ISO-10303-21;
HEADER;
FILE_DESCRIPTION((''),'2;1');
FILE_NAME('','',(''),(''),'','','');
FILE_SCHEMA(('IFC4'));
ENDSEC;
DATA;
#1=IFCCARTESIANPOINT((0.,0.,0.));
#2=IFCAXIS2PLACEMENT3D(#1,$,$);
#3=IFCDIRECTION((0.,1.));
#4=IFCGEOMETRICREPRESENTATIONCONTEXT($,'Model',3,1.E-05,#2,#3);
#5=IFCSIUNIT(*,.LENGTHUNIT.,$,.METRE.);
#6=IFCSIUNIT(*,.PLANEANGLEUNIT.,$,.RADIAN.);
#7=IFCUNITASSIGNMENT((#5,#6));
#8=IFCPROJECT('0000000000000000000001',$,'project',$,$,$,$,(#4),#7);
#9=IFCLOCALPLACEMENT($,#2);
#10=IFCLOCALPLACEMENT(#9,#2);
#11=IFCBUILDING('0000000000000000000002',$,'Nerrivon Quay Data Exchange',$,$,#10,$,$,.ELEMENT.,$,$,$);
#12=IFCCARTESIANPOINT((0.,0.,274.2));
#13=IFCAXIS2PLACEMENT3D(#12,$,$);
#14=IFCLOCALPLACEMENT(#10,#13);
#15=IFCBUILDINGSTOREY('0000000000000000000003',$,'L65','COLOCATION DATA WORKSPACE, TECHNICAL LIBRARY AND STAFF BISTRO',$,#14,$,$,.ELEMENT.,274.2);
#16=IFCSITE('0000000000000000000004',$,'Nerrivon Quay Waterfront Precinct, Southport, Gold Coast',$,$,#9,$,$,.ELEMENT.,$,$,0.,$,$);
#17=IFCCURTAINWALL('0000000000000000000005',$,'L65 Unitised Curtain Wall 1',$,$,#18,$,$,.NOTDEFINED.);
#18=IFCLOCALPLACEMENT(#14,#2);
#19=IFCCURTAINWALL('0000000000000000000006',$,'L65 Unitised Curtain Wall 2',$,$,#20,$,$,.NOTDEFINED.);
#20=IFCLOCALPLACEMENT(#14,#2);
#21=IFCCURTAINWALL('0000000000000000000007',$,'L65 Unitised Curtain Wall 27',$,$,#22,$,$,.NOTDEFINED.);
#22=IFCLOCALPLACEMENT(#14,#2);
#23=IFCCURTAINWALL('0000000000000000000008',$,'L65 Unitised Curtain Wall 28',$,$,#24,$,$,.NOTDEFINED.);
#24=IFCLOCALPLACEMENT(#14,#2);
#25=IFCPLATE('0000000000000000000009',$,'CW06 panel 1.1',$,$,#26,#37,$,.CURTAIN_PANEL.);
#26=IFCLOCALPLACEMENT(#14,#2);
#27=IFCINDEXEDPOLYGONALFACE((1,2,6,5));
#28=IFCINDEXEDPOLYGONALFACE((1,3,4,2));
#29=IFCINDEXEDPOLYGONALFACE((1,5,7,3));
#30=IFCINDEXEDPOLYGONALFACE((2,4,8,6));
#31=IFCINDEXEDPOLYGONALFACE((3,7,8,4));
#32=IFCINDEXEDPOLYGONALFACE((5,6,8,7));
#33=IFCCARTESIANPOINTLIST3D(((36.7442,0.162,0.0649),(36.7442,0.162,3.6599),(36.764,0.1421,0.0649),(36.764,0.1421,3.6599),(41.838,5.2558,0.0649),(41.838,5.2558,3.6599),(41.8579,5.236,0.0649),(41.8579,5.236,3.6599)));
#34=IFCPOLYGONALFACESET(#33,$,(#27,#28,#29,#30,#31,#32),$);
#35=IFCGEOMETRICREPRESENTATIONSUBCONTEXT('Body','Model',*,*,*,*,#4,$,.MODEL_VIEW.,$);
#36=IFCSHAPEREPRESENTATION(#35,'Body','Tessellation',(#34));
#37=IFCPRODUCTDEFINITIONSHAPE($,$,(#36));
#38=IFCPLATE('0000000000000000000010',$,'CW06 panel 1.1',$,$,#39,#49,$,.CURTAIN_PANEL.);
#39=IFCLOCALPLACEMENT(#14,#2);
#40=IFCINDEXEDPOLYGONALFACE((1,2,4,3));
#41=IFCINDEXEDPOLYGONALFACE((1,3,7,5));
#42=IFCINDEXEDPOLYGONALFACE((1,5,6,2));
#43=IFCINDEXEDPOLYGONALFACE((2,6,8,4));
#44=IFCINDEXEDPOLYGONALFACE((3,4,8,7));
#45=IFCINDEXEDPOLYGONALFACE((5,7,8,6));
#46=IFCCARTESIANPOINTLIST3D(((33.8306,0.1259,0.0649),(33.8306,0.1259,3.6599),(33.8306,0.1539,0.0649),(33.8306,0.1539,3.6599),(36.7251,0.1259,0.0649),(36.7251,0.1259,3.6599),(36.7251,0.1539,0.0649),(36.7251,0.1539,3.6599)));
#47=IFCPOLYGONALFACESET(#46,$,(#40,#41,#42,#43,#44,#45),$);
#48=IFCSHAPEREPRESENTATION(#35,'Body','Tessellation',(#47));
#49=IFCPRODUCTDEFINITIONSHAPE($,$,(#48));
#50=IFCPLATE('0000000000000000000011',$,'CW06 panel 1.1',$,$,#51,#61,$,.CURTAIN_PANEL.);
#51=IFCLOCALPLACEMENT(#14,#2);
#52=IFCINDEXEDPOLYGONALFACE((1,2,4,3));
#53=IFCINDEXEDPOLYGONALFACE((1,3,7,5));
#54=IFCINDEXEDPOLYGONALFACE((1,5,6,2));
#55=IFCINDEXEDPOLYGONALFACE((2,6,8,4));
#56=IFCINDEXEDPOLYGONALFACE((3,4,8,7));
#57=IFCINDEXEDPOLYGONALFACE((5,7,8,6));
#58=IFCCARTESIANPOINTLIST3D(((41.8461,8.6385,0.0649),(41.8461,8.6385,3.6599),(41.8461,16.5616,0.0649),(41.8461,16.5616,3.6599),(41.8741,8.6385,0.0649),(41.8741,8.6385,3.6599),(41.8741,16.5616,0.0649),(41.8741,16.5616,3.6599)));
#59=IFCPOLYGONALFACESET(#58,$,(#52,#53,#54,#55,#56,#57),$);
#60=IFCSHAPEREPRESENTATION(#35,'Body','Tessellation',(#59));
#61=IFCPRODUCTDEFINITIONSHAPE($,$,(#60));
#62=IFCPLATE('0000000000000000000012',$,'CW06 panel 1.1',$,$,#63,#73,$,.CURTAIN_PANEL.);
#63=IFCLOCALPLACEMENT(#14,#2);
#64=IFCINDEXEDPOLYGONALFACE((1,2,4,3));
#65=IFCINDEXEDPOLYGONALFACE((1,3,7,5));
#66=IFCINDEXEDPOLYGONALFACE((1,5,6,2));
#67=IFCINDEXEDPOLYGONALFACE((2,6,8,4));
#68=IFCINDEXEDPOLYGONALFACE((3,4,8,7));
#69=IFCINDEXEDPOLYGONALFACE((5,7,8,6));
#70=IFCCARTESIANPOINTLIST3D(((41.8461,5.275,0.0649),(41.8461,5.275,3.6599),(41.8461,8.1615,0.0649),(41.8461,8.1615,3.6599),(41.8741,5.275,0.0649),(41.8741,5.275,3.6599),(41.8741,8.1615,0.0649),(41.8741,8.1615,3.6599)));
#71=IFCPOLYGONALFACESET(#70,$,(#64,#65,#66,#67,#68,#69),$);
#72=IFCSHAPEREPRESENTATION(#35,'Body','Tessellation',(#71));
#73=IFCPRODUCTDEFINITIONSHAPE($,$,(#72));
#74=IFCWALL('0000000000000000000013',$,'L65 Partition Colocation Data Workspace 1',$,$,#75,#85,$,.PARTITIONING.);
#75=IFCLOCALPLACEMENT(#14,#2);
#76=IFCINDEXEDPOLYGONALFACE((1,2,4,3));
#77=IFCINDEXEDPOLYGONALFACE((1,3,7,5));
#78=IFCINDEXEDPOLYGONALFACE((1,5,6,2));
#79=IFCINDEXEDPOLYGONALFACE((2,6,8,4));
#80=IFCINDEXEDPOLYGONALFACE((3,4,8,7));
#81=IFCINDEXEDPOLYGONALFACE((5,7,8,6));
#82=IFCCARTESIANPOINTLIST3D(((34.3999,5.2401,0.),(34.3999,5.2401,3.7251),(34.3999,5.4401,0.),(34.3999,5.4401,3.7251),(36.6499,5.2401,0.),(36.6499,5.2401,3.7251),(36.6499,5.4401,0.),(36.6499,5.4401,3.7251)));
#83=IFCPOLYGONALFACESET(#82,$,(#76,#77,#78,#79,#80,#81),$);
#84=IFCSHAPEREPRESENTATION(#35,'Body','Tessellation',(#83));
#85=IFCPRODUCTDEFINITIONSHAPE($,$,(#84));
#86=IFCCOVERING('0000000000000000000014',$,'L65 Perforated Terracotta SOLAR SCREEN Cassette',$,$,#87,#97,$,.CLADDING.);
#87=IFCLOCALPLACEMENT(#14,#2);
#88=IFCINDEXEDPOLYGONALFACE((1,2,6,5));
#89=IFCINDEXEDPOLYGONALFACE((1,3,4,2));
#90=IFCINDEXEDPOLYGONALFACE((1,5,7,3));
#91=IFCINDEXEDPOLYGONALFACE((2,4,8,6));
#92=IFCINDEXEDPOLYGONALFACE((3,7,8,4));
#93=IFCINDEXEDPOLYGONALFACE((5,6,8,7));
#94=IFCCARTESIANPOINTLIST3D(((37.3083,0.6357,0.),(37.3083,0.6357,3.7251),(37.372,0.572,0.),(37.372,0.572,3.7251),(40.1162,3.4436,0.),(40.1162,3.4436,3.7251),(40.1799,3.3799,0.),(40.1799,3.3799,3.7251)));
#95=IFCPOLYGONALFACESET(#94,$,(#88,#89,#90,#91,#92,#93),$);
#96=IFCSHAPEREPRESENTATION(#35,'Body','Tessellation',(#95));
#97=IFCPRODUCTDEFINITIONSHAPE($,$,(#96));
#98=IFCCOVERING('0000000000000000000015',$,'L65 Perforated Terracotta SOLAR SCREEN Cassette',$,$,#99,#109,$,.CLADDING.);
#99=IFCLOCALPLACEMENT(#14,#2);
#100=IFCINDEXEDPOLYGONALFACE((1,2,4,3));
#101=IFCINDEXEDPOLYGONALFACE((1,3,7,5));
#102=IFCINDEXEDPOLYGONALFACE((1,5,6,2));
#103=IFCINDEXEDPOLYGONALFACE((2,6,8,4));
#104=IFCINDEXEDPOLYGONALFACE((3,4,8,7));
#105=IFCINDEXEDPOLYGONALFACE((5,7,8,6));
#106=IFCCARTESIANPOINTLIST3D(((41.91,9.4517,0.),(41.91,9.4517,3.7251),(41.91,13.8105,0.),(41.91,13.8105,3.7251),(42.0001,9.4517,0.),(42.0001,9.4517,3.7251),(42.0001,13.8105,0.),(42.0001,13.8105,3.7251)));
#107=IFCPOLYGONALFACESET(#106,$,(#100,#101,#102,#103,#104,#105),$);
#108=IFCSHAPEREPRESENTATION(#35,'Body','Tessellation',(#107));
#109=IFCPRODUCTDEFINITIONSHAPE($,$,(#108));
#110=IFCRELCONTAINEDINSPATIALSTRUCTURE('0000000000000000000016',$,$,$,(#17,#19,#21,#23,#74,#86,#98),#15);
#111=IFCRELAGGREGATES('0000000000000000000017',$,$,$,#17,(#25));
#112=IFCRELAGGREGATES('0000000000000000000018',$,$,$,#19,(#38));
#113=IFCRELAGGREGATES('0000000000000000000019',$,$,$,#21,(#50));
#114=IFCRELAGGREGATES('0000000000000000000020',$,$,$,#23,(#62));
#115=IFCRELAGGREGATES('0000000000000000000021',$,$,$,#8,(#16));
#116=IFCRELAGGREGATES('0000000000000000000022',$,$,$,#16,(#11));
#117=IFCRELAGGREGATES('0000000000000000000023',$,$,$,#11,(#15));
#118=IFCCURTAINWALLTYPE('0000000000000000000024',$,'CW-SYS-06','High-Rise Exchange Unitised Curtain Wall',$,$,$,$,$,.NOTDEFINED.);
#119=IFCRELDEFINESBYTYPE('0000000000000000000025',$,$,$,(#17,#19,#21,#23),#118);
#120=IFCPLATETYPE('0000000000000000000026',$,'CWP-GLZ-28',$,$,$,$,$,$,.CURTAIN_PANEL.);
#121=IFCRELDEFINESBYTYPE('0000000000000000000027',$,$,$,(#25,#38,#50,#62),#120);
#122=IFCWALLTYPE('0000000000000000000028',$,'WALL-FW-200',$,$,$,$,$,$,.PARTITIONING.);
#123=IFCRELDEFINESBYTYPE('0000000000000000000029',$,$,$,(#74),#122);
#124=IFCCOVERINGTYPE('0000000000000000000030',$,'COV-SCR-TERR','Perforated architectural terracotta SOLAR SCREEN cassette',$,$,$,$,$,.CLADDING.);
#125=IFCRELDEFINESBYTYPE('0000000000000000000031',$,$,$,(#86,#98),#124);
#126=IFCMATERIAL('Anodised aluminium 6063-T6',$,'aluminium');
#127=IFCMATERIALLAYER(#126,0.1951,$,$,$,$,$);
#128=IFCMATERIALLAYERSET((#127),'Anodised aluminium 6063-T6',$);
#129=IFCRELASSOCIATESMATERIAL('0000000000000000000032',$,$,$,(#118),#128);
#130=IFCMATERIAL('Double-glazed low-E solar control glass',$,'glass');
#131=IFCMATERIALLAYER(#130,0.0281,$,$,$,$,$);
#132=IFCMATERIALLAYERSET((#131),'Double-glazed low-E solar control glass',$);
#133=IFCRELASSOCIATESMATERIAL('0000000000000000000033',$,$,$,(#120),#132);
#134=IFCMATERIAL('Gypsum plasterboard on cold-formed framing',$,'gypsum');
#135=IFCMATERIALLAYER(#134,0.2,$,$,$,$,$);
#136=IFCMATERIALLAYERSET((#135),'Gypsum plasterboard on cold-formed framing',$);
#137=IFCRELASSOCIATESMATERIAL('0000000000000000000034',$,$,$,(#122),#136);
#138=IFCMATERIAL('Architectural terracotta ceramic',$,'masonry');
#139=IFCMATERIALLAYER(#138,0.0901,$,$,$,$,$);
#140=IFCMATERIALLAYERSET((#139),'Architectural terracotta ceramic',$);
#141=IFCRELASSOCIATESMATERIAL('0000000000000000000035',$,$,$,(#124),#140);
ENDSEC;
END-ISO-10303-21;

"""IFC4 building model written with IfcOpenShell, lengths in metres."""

from ifc_helpers import new_model, si_unit, direction, frame, frame_2d, origin, origin_2d, place, context, subcontext, project, spatial, rectangle, extrude, material, layer, layer_set, type_object, element, aggregate, save


model = new_model("IFC4")

# Units and contexts
model_context = context("Model", 3, precision=1e-05, world=origin(), true_north=direction((0.0, 1.0)))
body_context = subcontext(model_context, "Body", "Model", "MODEL_VIEW")
ifc_project = project(units=[si_unit("LENGTHUNIT", "METRE"), si_unit("PLANEANGLEUNIT", "RADIAN")], contexts=[model_context])

# Site, building, storey
site_placement = place(None, origin())
site = spatial("IfcSite", under=ifc_project, at=site_placement, Name="Nerrivon Quay Waterfront Precinct, Southport, Gold Coast", CompositionType="ELEMENT", RefElevation=0.0)
building_placement = place(site_placement, origin())
building = spatial("IfcBuilding", under=site, at=building_placement, Name="Nerrivon Quay Data Exchange", CompositionType="ELEMENT")
storey_placement = place(building_placement, frame((0.0, 0.0, 274.2)))
storey = spatial("IfcBuildingStorey", under=building, at=storey_placement, Name="L65", Description="COLOCATION DATA WORKSPACE, TECHNICAL LIBRARY AND STAFF BISTRO", CompositionType="ELEMENT", Elevation=274.2)

# Curtain wall
ifc_material_1 = material(Name="Anodised aluminium 6063-T6", Category="aluminium")
ifc_layer_1 = layer(ifc_material_1, 0.1951)
ifc_layer_set_1 = layer_set([ifc_layer_1], Name="Anodised aluminium 6063-T6")
curtain_wall_type = type_object("IfcCurtainWallType", Name="CW-SYS-06", Description="High-Rise Exchange Unitised Curtain Wall", PredefinedType="NOTDEFINED", material=ifc_layer_set_1)
curtain_wall_1_placement = place(storey_placement, origin())
curtain_wall_1 = element("IfcCurtainWall", 1, at=curtain_wall_1_placement, inside=storey, type_object=curtain_wall_type, Name="L65 Unitised Curtain Wall 1", PredefinedType="NOTDEFINED")

# Curtain walls
curtain_wall_2_placement = place(storey_placement, origin())
curtain_wall_2 = element("IfcCurtainWall", 2, at=curtain_wall_2_placement, inside=storey, type_object=curtain_wall_type, Name="L65 Unitised Curtain Wall 2", PredefinedType="NOTDEFINED")
curtain_wall_3_placement = place(storey_placement, origin())
curtain_wall_3 = element("IfcCurtainWall", 3, at=curtain_wall_3_placement, inside=storey, type_object=curtain_wall_type, Name="L65 Unitised Curtain Wall 27", PredefinedType="NOTDEFINED")

# Curtain wall
curtain_wall_4_placement = place(storey_placement, origin())
curtain_wall_4 = element("IfcCurtainWall", 4, at=curtain_wall_4_placement, inside=storey, type_object=curtain_wall_type, Name="L65 Unitised Curtain Wall 28", PredefinedType="NOTDEFINED")

# Plates
ifc_material_2 = material(Name="Double-glazed low-E solar control glass", Category="glass")
ifc_layer_2 = layer(ifc_material_2, 0.0281)
ifc_layer_set_2 = layer_set([ifc_layer_2], Name="Double-glazed low-E solar control glass")
plate_type = type_object("IfcPlateType", Name="CWP-GLZ-28", PredefinedType="CURTAIN_PANEL", material=ifc_layer_set_2)
plate_1_placement = place(storey_placement, frame((39.301, 2.699, 0.0649), z_axis=(0.0, 0.0, 1.0), x_axis=(-0.707107, -0.707107, 0.0)))
plate_1 = element("IfcPlate", 5, at=plate_1_placement, type_object=plate_type, Name="CW06 panel 1.1", PredefinedType="CURTAIN_PANEL", context=body_context, shape_type="SweptSolid", body=[
    extrude(rectangle(XDim=7.2039, YDim=0.0281, at=origin_2d()), origin(), (0.0, 0.0, 1.0), 3.595),
])
aggregate(curtain_wall_1, [plate_1])
plate_2_placement = place(storey_placement, frame((35.2778, 0.1399, 0.0649), z_axis=(0.0, 0.0, 1.0), x_axis=(-1.0, 0.0, 0.0)))
plate_2 = element("IfcPlate", 6, at=plate_2_placement, type_object=plate_type, Name="CW06 panel 1.1", PredefinedType="CURTAIN_PANEL", context=body_context, shape_type="SweptSolid", body=[
    extrude(rectangle(XDim=2.8945, YDim=0.0281, at=origin_2d()), origin(), (0.0, 0.0, 1.0), 3.595),
])
aggregate(curtain_wall_2, [plate_2])
plate_3_placement = place(storey_placement, frame((41.8601, 12.6001, 0.0649), z_axis=(0.0, 0.0, 1.0), x_axis=(0.0, -1.0, 0.0)))
plate_3 = element("IfcPlate", 7, at=plate_3_placement, type_object=plate_type, Name="CW06 panel 1.1", PredefinedType="CURTAIN_PANEL", context=body_context, shape_type="SweptSolid", body=[
    extrude(rectangle(XDim=7.9231, YDim=0.0281, at=origin_2d()), origin(), (0.0, 0.0, 1.0), 3.595),
])
aggregate(curtain_wall_3, [plate_3])
plate_4_placement = place(storey_placement, frame((41.8601, 6.7183, 0.0649), z_axis=(0.0, 0.0, 1.0), x_axis=(0.0, -1.0, 0.0)))
plate_4 = element("IfcPlate", 8, at=plate_4_placement, type_object=plate_type, Name="CW06 panel 1.1", PredefinedType="CURTAIN_PANEL", context=body_context, shape_type="SweptSolid", body=[
    extrude(rectangle(XDim=2.8865, YDim=0.0281, at=origin_2d()), origin(), (0.0, 0.0, 1.0), 3.595),
])
aggregate(curtain_wall_4, [plate_4])

# Wall
ifc_material_3 = material(Name="Gypsum plasterboard on cold-formed framing", Category="gypsum")
ifc_layer_3 = layer(ifc_material_3, 0.2)
ifc_layer_set_3 = layer_set([ifc_layer_3], Name="Gypsum plasterboard on cold-formed framing")
wall_type = type_object("IfcWallType", Name="WALL-FW-200", PredefinedType="PARTITIONING", material=ifc_layer_set_3)
wall_placement = place(storey_placement, frame((36.6499, 5.3401, 0.0), z_axis=(0.0, 0.0, 1.0), x_axis=(-1.0, 0.0, 0.0)))
element("IfcWall", 9, at=wall_placement, inside=storey, type_object=wall_type, Name="L65 Partition Colocation Data Workspace 1", PredefinedType="PARTITIONING", context=body_context, shape_type="SweptSolid", body=[
    extrude(rectangle(XDim=2.25, YDim=0.2, at=frame_2d((1.125, 0.0))), origin(), (0.0, 0.0, 1.0), 3.7251),
])

# Coverings
ifc_material_4 = material(Name="Architectural terracotta ceramic", Category="masonry")
ifc_layer_4 = layer(ifc_material_4, 0.0901)
ifc_layer_set_4 = layer_set([ifc_layer_4], Name="Architectural terracotta ceramic")
covering_type = type_object("IfcCoveringType", Name="COV-SCR-TERR", Description="Perforated architectural terracotta SOLAR SCREEN cassette", PredefinedType="CLADDING", material=ifc_layer_set_4)
covering_1_placement = place(storey_placement, frame((38.7441, 2.0078, 0.0), z_axis=(0.0, 0.0, 1.0), x_axis=(-0.707107, -0.707107, 0.0)))
element("IfcCovering", 10, at=covering_1_placement, inside=storey, type_object=covering_type, Name="L65 Perforated Terracotta SOLAR SCREEN Cassette", PredefinedType="CLADDING", context=body_context, shape_type="SweptSolid", body=[
    extrude(rectangle(XDim=3.9709, YDim=0.0901, at=origin_2d()), origin(), (0.0, 0.0, 1.0), 3.7251),
])
covering_2_placement = place(storey_placement, frame((41.9551, 11.6311, 0.0), z_axis=(0.0, 0.0, 1.0), x_axis=(0.0, -1.0, 0.0)))
element("IfcCovering", 11, at=covering_2_placement, inside=storey, type_object=covering_type, Name="L65 Perforated Terracotta SOLAR SCREEN Cassette", PredefinedType="CLADDING", context=body_context, shape_type="SweptSolid", body=[
    extrude(rectangle(XDim=4.3589, YDim=0.0901, at=origin_2d()), origin(), (0.0, 0.0, 1.0), 3.7251),
])

save(model, "model.ifc")
